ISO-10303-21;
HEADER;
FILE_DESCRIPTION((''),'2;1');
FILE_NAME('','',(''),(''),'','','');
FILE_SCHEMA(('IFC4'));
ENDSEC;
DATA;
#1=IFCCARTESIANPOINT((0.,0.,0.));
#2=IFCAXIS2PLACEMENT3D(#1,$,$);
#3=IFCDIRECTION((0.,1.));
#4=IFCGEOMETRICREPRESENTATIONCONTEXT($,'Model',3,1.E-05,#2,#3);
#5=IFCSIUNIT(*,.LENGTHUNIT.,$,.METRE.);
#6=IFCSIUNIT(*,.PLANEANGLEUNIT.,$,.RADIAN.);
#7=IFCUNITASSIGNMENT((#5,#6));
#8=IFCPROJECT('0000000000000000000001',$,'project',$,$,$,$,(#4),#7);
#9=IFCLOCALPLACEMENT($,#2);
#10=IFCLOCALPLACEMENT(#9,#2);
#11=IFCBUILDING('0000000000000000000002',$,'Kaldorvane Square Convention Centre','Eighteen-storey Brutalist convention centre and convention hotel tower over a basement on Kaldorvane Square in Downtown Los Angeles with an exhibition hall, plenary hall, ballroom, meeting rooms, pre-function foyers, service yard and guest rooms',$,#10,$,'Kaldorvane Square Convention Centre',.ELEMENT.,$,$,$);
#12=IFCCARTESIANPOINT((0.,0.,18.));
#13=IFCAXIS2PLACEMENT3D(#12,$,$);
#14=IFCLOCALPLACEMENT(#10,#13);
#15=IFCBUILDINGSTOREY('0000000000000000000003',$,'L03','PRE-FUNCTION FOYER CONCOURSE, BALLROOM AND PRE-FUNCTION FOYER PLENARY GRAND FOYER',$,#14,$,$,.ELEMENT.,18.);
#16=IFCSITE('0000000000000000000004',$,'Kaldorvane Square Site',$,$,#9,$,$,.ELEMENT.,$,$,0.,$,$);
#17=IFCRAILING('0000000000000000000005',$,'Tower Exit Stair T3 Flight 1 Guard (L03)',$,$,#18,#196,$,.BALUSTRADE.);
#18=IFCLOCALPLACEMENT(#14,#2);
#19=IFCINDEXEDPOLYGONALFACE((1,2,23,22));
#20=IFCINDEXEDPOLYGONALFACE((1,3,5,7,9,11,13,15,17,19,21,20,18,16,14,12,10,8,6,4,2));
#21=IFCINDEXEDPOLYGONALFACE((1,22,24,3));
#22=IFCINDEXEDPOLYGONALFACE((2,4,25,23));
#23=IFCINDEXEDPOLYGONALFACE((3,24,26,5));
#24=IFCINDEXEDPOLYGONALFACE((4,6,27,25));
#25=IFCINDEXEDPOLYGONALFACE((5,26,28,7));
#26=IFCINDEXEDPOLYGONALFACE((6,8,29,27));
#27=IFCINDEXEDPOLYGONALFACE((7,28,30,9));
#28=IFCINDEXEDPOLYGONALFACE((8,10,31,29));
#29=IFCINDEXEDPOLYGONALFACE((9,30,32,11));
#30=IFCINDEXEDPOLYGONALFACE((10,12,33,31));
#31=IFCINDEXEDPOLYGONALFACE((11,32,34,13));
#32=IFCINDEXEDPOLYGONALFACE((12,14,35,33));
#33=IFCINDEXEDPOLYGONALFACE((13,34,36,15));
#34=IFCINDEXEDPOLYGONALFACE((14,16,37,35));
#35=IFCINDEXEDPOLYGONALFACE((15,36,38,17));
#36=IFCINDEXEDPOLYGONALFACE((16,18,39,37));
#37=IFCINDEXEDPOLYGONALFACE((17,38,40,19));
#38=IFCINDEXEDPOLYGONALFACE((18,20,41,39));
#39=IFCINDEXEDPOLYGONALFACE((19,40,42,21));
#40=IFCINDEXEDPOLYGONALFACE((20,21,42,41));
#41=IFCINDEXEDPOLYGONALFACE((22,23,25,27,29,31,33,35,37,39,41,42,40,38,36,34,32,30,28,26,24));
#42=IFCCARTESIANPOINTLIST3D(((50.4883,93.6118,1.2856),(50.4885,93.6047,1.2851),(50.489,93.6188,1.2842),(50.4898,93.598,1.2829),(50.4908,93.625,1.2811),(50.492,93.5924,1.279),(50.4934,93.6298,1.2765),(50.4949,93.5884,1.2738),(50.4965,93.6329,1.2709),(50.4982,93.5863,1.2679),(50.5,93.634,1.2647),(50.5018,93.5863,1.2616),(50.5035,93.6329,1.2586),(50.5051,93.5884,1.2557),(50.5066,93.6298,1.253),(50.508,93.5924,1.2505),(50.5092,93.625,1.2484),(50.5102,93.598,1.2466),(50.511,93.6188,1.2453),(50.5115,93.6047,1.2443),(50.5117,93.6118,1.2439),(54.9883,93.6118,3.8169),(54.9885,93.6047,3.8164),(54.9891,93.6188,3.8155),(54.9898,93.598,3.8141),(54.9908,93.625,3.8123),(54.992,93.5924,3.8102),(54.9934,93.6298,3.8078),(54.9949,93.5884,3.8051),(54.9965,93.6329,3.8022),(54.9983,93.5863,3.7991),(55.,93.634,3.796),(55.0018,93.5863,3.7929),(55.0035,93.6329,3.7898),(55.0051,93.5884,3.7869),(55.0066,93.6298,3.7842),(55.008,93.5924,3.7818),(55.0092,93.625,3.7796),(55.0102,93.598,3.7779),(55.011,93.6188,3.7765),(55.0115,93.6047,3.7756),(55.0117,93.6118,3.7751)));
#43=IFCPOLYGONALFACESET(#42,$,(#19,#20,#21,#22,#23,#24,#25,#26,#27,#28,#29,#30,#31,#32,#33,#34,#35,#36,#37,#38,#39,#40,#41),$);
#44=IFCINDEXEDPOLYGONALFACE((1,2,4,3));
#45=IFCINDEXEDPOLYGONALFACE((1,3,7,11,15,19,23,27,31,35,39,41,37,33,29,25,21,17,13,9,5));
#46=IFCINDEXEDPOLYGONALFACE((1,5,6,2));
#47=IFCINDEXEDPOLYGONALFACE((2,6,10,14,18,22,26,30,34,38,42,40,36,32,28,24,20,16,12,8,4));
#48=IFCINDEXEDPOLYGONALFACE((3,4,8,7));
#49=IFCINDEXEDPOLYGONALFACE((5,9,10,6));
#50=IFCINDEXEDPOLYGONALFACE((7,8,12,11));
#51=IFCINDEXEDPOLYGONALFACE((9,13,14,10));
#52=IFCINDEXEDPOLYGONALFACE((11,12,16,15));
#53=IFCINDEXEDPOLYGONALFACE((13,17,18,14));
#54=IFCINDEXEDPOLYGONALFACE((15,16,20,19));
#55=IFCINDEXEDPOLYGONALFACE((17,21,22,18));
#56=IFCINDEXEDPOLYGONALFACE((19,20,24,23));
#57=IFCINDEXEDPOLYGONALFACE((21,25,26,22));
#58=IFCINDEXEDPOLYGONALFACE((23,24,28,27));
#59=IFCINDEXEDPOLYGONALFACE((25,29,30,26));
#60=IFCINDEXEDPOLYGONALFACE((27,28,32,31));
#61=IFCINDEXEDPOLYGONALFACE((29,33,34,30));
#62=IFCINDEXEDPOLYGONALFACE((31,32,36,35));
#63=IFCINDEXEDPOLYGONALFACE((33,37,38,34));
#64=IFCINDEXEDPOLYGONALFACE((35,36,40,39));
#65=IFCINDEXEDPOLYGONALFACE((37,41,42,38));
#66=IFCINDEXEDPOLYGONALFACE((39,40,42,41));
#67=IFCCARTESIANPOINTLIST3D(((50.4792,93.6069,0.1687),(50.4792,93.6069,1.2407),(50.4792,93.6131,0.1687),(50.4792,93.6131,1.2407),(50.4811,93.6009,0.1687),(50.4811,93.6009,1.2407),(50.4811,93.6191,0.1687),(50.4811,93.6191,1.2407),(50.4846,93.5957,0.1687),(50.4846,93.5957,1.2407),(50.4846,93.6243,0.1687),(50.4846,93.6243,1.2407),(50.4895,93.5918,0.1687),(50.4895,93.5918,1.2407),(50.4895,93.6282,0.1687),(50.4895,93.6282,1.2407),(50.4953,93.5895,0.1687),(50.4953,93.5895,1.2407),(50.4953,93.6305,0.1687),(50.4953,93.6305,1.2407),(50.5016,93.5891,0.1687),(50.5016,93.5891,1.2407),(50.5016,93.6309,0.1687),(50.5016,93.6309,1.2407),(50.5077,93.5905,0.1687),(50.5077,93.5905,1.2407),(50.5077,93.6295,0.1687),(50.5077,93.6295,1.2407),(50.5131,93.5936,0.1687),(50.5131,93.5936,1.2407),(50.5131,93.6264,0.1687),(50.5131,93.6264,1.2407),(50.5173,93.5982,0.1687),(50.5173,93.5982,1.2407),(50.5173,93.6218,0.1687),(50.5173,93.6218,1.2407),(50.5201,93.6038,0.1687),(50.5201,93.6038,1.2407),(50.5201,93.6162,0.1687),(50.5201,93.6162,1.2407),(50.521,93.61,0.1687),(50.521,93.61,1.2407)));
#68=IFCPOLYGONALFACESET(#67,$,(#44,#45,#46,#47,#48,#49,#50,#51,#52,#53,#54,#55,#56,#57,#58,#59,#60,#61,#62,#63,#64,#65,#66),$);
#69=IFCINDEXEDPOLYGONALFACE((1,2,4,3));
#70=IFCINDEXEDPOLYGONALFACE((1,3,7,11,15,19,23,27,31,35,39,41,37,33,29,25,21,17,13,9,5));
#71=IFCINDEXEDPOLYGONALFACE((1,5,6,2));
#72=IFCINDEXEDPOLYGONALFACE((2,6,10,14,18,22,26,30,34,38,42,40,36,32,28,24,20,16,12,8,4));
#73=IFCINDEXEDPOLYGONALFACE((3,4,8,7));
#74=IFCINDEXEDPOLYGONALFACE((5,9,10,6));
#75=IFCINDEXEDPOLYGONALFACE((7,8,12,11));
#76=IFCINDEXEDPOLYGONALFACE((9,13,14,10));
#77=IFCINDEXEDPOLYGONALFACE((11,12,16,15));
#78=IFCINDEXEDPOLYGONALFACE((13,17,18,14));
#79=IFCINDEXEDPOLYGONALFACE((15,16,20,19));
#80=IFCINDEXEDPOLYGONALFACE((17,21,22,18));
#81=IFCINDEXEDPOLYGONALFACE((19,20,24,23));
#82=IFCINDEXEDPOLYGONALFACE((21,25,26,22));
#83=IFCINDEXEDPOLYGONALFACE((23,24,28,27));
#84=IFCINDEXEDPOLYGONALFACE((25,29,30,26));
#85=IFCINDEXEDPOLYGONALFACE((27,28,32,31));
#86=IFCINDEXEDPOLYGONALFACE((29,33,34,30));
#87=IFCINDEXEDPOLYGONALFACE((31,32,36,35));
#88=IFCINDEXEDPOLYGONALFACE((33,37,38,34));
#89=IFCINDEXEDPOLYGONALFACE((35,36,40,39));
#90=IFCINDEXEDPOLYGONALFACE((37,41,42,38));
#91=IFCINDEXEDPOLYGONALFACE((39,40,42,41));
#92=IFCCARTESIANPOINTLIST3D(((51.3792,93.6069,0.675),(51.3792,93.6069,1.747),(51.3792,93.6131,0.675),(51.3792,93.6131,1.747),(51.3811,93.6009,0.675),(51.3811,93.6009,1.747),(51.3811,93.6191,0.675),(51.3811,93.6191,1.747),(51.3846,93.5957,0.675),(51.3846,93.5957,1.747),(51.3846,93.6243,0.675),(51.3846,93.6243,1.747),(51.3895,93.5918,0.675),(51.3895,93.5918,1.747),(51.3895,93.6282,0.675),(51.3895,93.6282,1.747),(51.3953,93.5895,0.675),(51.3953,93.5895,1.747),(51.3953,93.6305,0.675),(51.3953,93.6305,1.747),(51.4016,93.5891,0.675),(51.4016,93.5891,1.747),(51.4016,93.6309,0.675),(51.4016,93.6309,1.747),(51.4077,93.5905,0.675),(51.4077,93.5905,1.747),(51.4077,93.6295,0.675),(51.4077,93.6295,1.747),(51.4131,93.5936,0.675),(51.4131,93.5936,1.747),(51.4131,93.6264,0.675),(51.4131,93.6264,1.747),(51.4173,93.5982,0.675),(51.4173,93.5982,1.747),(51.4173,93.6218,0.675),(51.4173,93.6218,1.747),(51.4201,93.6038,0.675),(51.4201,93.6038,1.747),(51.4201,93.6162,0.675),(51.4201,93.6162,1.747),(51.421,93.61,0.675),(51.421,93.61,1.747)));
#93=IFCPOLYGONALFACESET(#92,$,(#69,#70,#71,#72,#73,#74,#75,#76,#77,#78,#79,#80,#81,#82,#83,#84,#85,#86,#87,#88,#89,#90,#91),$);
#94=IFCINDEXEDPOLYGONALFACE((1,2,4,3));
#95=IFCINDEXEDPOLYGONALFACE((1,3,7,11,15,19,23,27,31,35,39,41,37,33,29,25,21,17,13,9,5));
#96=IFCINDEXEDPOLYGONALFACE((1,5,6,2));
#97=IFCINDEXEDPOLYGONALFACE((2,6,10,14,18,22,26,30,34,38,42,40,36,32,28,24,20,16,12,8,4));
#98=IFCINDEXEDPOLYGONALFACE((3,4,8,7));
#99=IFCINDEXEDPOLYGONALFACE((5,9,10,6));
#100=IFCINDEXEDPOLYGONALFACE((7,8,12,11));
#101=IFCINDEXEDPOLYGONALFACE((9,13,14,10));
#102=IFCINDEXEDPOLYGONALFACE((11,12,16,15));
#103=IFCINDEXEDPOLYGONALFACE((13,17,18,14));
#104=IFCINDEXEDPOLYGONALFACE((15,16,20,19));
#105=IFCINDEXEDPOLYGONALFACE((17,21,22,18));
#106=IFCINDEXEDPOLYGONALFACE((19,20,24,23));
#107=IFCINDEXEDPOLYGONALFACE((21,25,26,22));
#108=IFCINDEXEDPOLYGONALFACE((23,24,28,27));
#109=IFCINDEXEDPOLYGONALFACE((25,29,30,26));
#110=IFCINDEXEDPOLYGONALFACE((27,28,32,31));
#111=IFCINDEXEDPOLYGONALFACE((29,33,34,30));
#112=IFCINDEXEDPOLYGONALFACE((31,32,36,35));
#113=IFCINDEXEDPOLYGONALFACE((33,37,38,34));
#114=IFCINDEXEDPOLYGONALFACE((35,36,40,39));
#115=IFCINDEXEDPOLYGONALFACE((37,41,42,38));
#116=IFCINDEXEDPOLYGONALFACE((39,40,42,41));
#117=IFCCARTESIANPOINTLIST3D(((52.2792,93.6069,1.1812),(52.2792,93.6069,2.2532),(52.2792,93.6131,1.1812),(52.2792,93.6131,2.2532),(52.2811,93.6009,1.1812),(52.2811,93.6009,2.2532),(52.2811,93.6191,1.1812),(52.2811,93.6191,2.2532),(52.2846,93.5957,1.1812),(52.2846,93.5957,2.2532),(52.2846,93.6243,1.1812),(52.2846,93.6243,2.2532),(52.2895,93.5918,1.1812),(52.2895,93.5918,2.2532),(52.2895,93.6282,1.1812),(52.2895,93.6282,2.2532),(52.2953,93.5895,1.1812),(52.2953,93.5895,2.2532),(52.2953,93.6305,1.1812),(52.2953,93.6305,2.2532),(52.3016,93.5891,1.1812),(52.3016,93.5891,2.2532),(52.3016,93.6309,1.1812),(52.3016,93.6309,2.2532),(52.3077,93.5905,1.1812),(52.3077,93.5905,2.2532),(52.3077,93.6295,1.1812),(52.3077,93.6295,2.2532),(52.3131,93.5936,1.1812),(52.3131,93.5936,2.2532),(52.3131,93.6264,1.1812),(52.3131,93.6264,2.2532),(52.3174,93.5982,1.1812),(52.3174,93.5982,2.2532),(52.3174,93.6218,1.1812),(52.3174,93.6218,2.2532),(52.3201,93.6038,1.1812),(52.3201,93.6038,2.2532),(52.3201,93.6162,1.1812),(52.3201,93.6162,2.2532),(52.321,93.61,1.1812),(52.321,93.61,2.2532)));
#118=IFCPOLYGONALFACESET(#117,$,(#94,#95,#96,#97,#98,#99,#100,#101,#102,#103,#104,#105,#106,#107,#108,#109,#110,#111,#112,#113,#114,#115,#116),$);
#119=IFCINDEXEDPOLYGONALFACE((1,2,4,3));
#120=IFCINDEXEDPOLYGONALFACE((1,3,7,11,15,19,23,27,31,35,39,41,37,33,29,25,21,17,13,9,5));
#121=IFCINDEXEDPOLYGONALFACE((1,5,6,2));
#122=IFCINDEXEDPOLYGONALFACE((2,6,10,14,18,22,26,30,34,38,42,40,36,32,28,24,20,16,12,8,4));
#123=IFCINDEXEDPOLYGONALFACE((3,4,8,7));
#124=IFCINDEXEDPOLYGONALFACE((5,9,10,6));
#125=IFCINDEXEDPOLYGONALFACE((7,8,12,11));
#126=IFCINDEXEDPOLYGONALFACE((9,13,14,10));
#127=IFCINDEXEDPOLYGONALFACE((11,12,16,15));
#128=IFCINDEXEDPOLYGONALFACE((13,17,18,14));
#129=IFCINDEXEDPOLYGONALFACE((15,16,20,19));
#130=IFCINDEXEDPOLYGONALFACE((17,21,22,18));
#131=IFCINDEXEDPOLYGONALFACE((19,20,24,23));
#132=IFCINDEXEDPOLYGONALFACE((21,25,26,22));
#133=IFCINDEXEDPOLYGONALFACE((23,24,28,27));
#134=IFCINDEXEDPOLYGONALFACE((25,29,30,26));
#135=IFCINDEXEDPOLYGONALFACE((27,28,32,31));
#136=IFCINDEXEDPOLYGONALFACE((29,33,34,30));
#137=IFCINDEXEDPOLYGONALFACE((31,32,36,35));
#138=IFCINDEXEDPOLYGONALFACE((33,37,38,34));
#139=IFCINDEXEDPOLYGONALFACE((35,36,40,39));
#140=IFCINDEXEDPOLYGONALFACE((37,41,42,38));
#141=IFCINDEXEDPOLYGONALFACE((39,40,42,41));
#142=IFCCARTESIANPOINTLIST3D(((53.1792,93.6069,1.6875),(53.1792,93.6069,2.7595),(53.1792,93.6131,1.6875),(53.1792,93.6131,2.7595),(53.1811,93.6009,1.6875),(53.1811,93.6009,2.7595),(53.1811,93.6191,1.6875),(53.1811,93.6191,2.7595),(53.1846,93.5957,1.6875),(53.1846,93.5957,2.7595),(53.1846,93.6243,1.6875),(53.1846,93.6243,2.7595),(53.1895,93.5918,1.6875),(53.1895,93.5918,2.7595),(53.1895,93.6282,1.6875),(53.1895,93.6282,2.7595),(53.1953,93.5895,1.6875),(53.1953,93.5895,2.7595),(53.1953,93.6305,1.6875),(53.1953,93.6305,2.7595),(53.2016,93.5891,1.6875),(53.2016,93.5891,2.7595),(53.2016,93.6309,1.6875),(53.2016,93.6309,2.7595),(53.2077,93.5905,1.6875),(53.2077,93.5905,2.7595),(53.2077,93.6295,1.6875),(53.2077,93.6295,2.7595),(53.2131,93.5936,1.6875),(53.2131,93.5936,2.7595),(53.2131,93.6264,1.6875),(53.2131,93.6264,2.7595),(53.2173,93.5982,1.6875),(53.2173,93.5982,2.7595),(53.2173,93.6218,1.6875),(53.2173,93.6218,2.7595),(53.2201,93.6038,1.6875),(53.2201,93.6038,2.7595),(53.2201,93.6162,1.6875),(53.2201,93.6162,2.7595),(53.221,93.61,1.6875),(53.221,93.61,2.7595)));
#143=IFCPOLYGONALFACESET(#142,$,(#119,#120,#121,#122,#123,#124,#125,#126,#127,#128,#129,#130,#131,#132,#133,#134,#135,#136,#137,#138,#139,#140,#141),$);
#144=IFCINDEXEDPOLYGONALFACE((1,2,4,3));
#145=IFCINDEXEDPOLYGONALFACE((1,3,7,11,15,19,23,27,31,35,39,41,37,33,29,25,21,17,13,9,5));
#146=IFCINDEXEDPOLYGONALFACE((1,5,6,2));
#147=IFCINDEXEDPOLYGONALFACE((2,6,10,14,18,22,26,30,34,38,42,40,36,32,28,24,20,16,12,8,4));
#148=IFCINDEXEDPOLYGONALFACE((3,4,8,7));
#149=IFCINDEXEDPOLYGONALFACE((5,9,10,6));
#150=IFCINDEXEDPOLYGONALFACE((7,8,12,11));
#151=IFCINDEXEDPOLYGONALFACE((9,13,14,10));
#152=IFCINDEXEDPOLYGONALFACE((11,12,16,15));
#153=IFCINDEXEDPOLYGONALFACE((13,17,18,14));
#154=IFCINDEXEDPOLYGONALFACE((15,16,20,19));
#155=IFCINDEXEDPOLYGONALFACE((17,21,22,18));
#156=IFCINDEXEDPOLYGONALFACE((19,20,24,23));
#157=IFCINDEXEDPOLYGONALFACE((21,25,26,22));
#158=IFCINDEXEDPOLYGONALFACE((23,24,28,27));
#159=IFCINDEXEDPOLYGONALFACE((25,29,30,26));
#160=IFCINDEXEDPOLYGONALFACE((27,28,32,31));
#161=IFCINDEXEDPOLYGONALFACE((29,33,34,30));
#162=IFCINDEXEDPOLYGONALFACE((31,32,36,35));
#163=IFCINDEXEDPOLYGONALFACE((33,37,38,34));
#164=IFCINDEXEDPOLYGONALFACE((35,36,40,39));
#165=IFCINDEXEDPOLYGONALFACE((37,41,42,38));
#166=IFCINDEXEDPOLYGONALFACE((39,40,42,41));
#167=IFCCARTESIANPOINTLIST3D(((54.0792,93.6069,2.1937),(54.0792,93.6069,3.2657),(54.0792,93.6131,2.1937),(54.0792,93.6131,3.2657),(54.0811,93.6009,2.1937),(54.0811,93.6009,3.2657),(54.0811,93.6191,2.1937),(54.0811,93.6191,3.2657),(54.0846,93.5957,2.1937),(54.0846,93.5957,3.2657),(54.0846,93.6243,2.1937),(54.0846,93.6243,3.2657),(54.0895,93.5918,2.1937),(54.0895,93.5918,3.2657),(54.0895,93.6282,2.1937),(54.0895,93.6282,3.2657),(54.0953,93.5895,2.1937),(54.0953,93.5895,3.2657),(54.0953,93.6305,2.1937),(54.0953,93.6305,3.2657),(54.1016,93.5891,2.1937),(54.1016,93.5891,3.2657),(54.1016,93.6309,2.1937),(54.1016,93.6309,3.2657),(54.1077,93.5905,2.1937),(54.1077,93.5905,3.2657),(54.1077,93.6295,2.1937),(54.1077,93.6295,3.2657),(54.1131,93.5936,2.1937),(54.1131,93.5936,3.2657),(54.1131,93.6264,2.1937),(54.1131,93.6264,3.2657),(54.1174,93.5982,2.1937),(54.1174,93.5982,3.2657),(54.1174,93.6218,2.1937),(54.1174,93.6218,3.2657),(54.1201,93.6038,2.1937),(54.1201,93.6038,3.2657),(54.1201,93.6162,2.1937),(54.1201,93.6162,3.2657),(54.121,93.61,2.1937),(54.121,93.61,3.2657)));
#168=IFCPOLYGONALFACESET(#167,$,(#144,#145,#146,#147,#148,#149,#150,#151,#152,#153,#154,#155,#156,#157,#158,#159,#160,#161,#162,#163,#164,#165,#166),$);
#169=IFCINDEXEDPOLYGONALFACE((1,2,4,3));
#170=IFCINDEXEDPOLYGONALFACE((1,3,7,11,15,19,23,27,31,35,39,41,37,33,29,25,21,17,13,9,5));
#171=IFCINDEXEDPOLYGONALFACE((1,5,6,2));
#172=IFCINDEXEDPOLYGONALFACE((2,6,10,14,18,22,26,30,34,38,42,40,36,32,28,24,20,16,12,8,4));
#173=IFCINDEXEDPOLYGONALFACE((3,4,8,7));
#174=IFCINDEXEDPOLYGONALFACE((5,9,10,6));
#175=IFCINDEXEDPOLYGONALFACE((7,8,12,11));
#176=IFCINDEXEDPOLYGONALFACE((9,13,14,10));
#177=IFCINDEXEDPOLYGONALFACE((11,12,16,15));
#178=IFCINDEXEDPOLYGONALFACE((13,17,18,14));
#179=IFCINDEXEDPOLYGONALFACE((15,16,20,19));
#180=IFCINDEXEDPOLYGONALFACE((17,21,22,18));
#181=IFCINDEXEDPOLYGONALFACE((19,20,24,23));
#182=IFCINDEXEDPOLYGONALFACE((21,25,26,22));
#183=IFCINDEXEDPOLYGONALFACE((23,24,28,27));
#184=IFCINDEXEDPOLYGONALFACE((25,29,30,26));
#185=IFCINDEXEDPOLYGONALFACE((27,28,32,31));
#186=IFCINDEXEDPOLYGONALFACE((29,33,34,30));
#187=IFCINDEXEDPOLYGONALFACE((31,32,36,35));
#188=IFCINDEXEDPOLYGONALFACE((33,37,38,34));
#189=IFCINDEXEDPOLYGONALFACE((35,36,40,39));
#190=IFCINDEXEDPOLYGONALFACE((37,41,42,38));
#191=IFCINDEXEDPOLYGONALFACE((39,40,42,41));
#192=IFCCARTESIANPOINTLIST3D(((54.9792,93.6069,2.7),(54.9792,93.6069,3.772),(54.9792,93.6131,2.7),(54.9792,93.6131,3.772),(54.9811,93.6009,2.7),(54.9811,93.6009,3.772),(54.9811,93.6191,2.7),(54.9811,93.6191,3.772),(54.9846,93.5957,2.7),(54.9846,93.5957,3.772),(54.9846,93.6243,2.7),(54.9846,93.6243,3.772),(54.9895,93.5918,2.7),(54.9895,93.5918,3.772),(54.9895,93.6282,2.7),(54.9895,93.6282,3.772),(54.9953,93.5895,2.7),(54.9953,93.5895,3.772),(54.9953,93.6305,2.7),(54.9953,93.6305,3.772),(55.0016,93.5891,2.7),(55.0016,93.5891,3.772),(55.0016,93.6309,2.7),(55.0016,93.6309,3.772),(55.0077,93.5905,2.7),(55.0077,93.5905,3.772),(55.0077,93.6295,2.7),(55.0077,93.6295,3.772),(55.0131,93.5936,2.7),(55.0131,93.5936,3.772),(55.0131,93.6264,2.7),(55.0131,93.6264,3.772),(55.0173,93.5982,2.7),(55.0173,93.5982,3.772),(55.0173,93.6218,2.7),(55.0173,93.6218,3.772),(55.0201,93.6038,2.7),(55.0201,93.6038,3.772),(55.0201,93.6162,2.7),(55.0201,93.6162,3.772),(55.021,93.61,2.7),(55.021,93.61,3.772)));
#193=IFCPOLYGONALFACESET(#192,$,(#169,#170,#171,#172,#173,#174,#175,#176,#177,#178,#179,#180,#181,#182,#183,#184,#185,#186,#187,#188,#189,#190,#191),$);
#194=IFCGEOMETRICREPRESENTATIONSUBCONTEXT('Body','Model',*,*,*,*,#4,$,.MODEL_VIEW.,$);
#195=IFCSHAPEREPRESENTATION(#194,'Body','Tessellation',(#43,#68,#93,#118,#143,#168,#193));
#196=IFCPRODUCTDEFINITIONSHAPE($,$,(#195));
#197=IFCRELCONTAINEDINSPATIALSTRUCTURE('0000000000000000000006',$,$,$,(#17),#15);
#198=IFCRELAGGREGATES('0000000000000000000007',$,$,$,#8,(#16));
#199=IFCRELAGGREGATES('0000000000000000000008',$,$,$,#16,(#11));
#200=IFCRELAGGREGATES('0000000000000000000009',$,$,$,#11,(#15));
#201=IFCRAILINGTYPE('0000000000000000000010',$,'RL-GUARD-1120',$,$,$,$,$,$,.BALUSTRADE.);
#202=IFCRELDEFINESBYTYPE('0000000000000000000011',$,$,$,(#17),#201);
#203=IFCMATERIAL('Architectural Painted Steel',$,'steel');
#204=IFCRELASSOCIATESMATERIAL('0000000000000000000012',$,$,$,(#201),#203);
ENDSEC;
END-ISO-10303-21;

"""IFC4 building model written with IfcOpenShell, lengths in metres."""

from ifc_helpers import new_model, si_unit, direction, frame, origin, origin_2d, place, context, subcontext, project, spatial, circle, extrude, material, type_object, element, save


model = new_model("IFC4")

# Units and contexts
model_context = context("Model", 3, precision=1e-05, world=origin(), true_north=direction((0.0, 1.0)))
body_context = subcontext(model_context, "Body", "Model", "MODEL_VIEW")
ifc_project = project(units=[si_unit("LENGTHUNIT", "METRE"), si_unit("PLANEANGLEUNIT", "RADIAN")], contexts=[model_context])

# Site, building, storey
site_placement = place(None, origin())
site = spatial("IfcSite", under=ifc_project, at=site_placement, Name="Kaldorvane Square Site", CompositionType="ELEMENT", RefElevation=0.0)
building_placement = place(site_placement, origin())
building = spatial("IfcBuilding", under=site, at=building_placement, Name="Kaldorvane Square Convention Centre", Description="Eighteen-storey Brutalist convention centre and convention hotel tower over a basement on Kaldorvane Square in Downtown Los Angeles with an exhibition hall, plenary hall, ballroom, meeting rooms, pre-function foyers, service yard and guest rooms", LongName="Kaldorvane Square Convention Centre", CompositionType="ELEMENT")
storey_placement = place(building_placement, frame((0.0, 0.0, 18.0)))
storey = spatial("IfcBuildingStorey", under=building, at=storey_placement, Name="L03", Description="PRE-FUNCTION FOYER CONCOURSE, BALLROOM AND PRE-FUNCTION FOYER PLENARY GRAND FOYER", CompositionType="ELEMENT", Elevation=18.0)

# Railing
ifc_material_1 = material(Name="Architectural Painted Steel", Category="steel")
railing_type_1 = type_object("IfcRailingType", Name="RL-GUARD-1120", PredefinedType="BALUSTRADE", material=ifc_material_1)
railing_1_placement = place(storey_placement, frame((50.5, 93.61, 0.1687)))
element("IfcRailing", 1, at=railing_1_placement, inside=storey, type_object=railing_type_1, Name="Tower Exit Stair T3 Flight 1 Guard (L03)", PredefinedType="BALUSTRADE", context=body_context, shape_type="SweptSolid", body=[
    extrude(circle(Radius=0.024, at=origin_2d()), frame((0.0, 0.0, 1.096), z_axis=(0.871576, 0.0, 0.490261), x_axis=(0.0, 1.0, 0.0)), (0.0, 0.0, 1.0), 5.1631),
    extrude(circle(Radius=0.021, at=origin_2d()), origin(), (0.0, 0.0, 1.0), 1.072),
    extrude(circle(Radius=0.021, at=origin_2d()), frame((0.9, 0.0, 0.5063)), (0.0, 0.0, 1.0), 1.072),
    extrude(circle(Radius=0.021, at=origin_2d()), frame((1.8, 0.0, 1.0125)), (0.0, 0.0, 1.0), 1.072),
    extrude(circle(Radius=0.021, at=origin_2d()), frame((2.7, 0.0, 1.5188)), (0.0, 0.0, 1.0), 1.072),
    extrude(circle(Radius=0.021, at=origin_2d()), frame((3.6, 0.0, 2.025)), (0.0, 0.0, 1.0), 1.072),
    extrude(circle(Radius=0.021, at=origin_2d()), frame((4.5, 0.0, 2.5312)), (0.0, 0.0, 1.0), 1.072),
])

save(model, "model.ifc")
